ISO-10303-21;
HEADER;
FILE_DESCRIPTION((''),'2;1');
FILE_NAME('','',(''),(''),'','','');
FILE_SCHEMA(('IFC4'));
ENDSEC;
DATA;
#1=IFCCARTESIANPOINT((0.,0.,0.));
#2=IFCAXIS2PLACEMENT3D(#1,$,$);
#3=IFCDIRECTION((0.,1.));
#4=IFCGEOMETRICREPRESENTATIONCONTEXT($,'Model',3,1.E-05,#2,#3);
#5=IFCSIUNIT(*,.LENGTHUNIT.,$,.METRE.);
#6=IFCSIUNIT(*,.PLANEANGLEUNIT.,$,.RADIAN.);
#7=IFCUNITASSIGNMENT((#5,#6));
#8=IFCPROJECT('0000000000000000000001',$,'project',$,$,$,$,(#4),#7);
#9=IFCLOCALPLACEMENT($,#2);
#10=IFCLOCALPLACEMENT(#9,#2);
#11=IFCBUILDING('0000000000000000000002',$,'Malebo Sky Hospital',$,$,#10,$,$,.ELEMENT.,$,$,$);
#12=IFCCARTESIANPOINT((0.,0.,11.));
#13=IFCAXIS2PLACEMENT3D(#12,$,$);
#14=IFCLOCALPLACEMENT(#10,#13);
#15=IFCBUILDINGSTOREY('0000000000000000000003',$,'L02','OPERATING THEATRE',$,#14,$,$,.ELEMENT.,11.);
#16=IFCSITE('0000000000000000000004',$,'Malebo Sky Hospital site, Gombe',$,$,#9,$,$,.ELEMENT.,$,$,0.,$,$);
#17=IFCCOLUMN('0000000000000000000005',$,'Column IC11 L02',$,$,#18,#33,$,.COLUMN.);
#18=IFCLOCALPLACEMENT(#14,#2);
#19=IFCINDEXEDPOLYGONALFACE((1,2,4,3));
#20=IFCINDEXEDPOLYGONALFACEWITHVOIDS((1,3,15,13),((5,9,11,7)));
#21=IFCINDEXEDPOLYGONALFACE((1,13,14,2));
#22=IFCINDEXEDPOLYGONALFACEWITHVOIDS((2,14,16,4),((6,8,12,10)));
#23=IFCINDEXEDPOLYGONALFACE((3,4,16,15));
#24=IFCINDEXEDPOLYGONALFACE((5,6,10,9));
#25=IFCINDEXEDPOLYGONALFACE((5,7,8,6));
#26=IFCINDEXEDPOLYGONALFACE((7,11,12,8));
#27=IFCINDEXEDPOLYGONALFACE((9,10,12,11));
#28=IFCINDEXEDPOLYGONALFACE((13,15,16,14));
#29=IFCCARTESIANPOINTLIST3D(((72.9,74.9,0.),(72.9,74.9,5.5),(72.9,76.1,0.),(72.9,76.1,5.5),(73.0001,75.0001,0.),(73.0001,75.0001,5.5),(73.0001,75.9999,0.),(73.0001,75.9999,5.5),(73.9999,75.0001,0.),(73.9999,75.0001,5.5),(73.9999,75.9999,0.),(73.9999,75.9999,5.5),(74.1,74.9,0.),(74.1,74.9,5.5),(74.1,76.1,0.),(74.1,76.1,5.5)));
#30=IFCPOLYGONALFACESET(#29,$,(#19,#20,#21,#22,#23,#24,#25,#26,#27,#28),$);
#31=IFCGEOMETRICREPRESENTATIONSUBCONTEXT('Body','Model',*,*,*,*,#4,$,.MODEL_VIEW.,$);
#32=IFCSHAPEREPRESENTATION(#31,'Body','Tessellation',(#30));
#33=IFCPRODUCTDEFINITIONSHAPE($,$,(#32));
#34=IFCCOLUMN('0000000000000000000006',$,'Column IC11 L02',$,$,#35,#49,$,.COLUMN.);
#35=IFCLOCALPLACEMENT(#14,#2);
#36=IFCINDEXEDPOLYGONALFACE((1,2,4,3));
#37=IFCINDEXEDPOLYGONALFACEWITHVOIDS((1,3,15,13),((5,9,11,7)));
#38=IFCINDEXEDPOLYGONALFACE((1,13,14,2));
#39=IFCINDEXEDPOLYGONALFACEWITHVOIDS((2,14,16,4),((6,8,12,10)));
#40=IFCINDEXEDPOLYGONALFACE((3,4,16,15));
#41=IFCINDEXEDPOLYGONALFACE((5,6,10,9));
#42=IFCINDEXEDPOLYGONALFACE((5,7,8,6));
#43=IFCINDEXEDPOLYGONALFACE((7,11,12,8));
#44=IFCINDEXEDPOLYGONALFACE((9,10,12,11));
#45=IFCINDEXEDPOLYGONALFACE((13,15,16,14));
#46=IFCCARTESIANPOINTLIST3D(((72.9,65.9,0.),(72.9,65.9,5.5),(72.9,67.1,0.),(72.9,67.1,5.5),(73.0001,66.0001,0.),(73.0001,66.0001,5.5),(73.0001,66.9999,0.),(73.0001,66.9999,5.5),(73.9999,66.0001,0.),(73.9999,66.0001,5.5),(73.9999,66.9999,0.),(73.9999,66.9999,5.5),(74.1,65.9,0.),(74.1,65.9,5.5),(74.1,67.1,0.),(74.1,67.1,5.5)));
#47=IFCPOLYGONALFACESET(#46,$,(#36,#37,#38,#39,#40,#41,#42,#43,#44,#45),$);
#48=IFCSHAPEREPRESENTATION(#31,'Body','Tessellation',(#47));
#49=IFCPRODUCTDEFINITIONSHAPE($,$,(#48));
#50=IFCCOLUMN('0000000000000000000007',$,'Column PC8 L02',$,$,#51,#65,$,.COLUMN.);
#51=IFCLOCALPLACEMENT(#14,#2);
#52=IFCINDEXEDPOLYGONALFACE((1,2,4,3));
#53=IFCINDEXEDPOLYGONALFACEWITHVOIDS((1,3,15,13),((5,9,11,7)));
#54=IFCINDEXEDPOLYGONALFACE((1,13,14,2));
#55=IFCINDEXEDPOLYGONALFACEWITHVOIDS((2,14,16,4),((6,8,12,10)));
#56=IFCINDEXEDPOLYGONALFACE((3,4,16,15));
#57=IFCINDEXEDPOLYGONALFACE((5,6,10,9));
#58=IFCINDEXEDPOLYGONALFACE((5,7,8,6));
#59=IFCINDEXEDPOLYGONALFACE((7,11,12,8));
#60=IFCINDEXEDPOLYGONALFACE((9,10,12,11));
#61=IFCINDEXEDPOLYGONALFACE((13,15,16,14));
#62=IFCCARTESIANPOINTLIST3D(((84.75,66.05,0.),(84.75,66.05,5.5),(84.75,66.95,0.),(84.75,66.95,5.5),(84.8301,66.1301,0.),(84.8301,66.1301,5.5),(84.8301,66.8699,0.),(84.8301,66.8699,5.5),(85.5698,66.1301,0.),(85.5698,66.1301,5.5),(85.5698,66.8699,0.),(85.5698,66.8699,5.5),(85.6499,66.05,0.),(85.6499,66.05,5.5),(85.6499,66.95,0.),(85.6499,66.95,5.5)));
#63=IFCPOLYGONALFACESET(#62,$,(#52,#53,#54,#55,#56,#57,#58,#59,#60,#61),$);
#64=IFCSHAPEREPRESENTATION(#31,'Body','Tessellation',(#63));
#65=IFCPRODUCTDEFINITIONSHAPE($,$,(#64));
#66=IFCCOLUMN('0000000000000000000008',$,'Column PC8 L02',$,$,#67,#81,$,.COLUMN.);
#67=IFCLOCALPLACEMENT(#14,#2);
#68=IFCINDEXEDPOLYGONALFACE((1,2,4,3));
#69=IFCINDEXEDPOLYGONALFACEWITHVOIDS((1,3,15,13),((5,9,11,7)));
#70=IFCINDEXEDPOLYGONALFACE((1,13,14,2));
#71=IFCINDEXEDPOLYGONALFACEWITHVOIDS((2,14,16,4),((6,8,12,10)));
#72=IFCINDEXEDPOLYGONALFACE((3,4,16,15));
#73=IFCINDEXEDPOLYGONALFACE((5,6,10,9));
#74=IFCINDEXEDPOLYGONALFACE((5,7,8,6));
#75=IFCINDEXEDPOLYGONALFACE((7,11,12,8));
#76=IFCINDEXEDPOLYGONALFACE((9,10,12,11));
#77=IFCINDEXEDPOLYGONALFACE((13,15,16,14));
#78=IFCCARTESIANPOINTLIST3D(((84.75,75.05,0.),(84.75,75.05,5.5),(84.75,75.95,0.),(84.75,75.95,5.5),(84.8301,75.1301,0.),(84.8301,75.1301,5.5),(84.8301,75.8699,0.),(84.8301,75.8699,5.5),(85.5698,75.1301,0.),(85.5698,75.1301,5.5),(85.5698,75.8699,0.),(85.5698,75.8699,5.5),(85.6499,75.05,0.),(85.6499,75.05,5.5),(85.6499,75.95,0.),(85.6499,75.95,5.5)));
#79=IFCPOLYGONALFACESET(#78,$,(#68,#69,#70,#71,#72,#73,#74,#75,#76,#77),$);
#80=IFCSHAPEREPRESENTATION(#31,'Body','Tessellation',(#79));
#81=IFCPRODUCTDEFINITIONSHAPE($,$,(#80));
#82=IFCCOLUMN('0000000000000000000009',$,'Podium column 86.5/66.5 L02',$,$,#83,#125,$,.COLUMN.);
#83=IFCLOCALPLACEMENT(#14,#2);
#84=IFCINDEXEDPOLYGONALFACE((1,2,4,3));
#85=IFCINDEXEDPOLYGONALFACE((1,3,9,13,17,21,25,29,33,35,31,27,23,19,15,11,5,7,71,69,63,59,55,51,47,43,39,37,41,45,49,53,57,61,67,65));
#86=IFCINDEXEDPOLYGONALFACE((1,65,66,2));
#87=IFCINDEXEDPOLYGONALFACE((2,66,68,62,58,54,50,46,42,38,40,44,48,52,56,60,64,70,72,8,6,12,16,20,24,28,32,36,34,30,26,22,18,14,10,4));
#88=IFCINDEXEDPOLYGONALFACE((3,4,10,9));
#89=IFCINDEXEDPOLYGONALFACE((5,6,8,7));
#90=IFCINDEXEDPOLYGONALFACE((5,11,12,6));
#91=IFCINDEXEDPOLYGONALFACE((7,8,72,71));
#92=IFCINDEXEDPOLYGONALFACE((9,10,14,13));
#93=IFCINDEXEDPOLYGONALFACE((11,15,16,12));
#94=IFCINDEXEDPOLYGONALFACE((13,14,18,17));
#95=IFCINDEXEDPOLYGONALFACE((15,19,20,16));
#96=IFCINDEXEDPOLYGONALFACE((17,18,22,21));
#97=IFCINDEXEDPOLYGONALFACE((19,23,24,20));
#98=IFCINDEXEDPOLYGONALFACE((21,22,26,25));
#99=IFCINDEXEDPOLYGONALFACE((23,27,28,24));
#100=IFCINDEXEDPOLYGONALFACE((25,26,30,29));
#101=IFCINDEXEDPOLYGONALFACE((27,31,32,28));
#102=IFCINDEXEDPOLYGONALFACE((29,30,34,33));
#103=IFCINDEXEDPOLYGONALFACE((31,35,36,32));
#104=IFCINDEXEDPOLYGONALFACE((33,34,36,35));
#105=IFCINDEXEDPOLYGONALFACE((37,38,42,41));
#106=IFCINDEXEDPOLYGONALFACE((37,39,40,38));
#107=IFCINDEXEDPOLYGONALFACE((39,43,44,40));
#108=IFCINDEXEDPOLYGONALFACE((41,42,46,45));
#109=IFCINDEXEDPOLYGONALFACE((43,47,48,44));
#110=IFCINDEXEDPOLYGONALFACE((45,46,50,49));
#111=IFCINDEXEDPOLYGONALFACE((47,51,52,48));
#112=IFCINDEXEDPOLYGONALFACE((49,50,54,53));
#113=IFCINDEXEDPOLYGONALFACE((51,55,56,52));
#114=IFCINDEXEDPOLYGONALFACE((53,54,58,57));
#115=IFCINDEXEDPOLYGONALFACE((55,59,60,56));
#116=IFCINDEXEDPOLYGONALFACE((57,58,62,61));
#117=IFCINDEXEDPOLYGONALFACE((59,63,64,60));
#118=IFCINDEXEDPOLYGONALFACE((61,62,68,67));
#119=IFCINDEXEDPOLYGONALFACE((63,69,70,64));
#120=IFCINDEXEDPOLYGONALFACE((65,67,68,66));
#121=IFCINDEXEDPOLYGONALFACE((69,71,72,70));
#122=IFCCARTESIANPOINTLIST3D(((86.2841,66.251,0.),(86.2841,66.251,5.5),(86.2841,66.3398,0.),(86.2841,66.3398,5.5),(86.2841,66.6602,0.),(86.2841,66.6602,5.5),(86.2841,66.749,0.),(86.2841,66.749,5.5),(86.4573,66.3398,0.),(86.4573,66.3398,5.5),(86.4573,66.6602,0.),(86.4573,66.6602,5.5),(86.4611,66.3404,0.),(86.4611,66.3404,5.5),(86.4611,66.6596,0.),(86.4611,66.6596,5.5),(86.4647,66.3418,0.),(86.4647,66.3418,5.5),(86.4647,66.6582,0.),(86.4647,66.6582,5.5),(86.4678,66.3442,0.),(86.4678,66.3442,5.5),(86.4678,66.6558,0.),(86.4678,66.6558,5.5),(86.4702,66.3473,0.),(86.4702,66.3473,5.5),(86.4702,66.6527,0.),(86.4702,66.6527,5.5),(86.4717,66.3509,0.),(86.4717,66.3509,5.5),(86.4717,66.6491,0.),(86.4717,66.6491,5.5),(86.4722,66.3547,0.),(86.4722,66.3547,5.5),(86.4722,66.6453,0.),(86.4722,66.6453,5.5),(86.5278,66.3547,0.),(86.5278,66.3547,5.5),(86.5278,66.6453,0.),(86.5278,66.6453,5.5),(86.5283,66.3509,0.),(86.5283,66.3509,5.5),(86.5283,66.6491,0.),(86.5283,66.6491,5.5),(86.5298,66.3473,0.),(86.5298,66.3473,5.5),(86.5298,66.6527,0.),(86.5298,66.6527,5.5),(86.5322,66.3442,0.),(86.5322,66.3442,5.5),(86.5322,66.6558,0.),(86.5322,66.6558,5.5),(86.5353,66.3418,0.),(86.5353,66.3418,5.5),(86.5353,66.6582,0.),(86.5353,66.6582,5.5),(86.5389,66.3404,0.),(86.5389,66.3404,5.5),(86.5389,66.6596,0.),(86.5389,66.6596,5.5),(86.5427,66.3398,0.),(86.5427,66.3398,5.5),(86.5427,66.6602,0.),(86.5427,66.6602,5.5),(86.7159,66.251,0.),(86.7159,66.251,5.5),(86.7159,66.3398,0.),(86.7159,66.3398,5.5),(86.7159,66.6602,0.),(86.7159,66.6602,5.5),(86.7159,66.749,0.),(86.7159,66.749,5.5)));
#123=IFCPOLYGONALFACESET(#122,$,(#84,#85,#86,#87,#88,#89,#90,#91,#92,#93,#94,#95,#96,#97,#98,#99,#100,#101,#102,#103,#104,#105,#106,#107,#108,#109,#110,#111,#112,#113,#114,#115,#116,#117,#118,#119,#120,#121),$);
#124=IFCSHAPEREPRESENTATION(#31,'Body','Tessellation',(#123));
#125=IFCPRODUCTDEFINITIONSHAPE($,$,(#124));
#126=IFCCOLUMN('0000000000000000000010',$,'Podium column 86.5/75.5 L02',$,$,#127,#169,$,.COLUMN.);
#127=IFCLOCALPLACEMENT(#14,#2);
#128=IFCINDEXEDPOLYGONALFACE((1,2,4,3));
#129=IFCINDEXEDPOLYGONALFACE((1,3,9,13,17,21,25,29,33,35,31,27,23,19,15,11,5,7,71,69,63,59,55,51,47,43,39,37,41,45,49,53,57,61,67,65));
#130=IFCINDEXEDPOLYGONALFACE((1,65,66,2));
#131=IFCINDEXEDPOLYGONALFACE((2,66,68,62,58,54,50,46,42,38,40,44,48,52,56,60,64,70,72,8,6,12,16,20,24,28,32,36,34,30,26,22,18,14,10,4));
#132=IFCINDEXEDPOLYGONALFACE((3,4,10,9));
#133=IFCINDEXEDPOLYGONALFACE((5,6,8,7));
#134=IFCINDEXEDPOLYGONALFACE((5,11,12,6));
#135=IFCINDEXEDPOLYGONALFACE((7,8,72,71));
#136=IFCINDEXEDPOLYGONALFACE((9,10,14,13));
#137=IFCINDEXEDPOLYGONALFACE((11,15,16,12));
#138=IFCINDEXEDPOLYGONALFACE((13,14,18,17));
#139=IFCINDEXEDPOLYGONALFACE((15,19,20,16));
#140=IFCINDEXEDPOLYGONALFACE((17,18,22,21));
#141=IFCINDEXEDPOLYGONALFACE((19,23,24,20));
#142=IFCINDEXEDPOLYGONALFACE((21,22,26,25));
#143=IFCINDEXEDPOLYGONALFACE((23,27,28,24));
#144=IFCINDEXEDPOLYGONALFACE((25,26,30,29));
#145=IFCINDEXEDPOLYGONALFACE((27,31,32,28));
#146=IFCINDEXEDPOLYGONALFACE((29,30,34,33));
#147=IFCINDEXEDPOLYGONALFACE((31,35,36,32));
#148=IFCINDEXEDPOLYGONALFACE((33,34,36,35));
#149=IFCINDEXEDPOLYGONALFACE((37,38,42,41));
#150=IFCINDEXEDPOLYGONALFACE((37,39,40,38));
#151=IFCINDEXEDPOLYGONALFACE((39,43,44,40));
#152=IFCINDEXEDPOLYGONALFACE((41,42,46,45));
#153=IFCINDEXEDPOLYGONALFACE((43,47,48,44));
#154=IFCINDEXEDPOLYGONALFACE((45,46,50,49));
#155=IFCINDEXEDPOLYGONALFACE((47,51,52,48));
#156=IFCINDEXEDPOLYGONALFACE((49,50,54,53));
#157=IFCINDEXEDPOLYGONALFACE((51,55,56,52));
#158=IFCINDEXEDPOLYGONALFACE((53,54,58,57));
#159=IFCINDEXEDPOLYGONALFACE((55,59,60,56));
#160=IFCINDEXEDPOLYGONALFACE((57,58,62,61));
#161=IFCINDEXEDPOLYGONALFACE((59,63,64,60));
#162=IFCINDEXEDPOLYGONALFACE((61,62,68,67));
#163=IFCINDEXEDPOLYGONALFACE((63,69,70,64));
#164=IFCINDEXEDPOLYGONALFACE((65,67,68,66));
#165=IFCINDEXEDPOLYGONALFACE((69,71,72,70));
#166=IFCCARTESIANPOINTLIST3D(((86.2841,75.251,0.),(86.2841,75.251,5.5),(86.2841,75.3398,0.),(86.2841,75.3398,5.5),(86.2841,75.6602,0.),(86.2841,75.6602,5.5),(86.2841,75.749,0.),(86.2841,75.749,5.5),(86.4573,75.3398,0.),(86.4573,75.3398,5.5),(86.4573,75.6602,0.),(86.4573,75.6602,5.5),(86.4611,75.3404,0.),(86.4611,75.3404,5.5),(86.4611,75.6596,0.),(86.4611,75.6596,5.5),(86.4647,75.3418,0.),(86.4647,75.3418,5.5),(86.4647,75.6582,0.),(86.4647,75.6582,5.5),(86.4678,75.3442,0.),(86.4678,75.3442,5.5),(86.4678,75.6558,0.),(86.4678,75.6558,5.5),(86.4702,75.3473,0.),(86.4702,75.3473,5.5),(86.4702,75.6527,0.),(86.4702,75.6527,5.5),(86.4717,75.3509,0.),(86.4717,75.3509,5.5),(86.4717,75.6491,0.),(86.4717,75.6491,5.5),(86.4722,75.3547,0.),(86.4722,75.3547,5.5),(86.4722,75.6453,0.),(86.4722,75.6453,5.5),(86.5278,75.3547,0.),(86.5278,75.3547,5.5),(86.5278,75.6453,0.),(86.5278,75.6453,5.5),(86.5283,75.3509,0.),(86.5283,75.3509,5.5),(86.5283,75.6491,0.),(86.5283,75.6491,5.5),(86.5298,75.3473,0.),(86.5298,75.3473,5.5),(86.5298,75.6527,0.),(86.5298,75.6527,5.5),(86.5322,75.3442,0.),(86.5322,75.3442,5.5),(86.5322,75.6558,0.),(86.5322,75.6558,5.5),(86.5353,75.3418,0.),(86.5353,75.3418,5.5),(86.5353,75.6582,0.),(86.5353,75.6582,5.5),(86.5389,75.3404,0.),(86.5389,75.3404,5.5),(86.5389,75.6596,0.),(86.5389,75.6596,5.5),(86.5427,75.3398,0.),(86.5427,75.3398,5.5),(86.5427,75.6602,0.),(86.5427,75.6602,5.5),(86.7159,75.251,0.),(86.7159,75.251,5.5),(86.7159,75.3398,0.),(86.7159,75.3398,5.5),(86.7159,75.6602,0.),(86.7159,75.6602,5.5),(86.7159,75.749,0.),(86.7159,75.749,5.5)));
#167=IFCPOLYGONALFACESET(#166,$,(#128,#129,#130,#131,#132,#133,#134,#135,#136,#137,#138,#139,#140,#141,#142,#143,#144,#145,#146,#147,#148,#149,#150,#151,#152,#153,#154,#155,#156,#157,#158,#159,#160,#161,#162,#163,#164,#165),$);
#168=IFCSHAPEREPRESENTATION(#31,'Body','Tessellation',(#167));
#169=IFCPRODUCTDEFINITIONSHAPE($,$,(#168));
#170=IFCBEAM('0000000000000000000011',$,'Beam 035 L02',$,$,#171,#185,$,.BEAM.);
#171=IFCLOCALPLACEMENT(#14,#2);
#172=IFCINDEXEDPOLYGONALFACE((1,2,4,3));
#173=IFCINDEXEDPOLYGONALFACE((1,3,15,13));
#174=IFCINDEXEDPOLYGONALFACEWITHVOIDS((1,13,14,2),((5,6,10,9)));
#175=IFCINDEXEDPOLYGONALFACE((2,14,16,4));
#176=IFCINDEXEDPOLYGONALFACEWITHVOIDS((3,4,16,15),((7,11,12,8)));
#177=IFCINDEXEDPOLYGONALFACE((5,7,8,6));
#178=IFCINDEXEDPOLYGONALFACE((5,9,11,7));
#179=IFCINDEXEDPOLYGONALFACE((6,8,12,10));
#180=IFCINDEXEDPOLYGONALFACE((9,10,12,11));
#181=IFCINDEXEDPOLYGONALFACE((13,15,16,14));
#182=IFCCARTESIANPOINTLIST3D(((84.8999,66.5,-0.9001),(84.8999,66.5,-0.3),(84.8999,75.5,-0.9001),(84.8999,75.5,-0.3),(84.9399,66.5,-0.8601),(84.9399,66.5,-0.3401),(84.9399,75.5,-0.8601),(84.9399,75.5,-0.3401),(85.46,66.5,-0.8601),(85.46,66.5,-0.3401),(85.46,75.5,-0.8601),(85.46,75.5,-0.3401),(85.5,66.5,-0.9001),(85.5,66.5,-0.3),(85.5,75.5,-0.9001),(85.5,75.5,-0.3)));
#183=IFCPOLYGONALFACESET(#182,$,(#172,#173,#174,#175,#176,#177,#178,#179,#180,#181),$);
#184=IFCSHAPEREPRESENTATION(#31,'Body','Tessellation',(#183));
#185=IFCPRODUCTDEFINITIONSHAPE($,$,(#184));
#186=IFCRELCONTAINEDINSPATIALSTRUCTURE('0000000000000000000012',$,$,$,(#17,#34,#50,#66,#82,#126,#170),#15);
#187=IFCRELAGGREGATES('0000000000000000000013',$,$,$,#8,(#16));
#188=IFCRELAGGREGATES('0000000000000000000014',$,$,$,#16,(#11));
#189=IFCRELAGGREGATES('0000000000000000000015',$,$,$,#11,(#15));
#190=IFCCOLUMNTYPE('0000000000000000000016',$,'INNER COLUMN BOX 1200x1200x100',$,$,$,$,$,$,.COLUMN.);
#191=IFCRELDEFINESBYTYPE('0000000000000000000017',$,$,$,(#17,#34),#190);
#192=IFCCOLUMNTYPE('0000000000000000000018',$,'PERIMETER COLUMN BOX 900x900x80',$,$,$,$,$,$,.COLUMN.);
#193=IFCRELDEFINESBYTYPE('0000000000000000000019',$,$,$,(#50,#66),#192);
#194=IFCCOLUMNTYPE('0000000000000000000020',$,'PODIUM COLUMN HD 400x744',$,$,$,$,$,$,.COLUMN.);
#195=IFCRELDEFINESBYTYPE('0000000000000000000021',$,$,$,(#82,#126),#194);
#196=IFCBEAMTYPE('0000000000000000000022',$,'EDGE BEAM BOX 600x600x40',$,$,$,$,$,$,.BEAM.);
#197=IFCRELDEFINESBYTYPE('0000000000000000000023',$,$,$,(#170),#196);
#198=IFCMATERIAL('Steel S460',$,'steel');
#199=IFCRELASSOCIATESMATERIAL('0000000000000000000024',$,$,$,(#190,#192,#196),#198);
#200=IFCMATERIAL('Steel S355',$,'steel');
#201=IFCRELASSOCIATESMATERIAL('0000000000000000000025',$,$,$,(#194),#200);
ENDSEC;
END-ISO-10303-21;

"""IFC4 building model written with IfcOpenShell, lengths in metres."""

from ifc_helpers import new_model, si_unit, direction, frame, origin, origin_2d, place, context, subcontext, project, spatial, hollow_rectangle, i_section, extrude, material, material_profile, profile_set, type_object, element, save


model = new_model("IFC4")

# Units and contexts
model_context = context("Model", 3, precision=1e-05, world=origin(), true_north=direction((0.0, 1.0)))
body_context = subcontext(model_context, "Body", "Model", "MODEL_VIEW")
ifc_project = project(units=[si_unit("LENGTHUNIT", "METRE"), si_unit("PLANEANGLEUNIT", "RADIAN")], contexts=[model_context])

# Site, building, storey
site_placement = place(None, origin())
site = spatial("IfcSite", under=ifc_project, at=site_placement, Name="Malebo Sky Hospital site, Gombe", CompositionType="ELEMENT", RefElevation=0.0)
building_placement = place(site_placement, origin())
building = spatial("IfcBuilding", under=site, at=building_placement, Name="Malebo Sky Hospital", CompositionType="ELEMENT")
storey_placement = place(building_placement, frame((0.0, 0.0, 11.0)))
storey = spatial("IfcBuildingStorey", under=building, at=storey_placement, Name="L02", Description="OPERATING THEATRE", CompositionType="ELEMENT", Elevation=11.0)

# Columns
ifc_material_1 = material(Name="Steel S460", Category="steel")
ifc_material_profile_1 = material_profile(ifc_material_1, hollow_rectangle(XDim=1.2, YDim=1.2, WallThickness=0.1001, at=origin_2d()), Name="BOX 1200x1200x100")
ifc_profile_set_1 = profile_set([ifc_material_profile_1], Name="Steel S460")
column_type_1 = type_object("IfcColumnType", Name="INNER COLUMN BOX 1200x1200x100", PredefinedType="COLUMN", material=ifc_profile_set_1)
for number, where, z_axis, x_axis, name in (
    (1, (73.5, 75.5, 0.0), (0.0, 0.0, 1.0), (1.0, 0.0, 0.0), "Column IC11 L02"),
    (2, (73.5, 66.5, 0.0), (0.0, 0.0, 1.0), (1.0, 0.0, 0.0), "Column IC11 L02"),
):
    element("IfcColumn", number, at=place(storey_placement, frame(where, z_axis=z_axis, x_axis=x_axis)), inside=storey, type_object=column_type_1, Name=name, PredefinedType="COLUMN", context=body_context, shape_type="SweptSolid", body=[
        extrude(hollow_rectangle(XDim=1.2, YDim=1.2, WallThickness=0.1001, at=origin_2d()), origin(), (0.0, 0.0, 1.0), 5.5),
    ])
ifc_material_profile_2 = material_profile(ifc_material_1, hollow_rectangle(XDim=0.8999, YDim=0.8999, WallThickness=0.0801, at=origin_2d()), Name="BOX 900x900x80")
ifc_profile_set_2 = profile_set([ifc_material_profile_2], Name="Steel S460")
column_type_2 = type_object("IfcColumnType", Name="PERIMETER COLUMN BOX 900x900x80", PredefinedType="COLUMN", material=ifc_profile_set_2)
for number, where, z_axis, x_axis, name in (
    (3, (85.2, 66.5, 0.0), (0.0, 0.0, 1.0), (1.0, 0.0, 0.0), "Column PC8 L02"),
    (4, (85.2, 75.5, 0.0), (0.0, 0.0, 1.0), (1.0, 0.0, 0.0), "Column PC8 L02"),
):
    element("IfcColumn", number, at=place(storey_placement, frame(where, z_axis=z_axis, x_axis=x_axis)), inside=storey, type_object=column_type_2, Name=name, PredefinedType="COLUMN", context=body_context, shape_type="SweptSolid", body=[
        extrude(hollow_rectangle(XDim=0.8999, YDim=0.8999, WallThickness=0.0801, at=origin_2d()), origin(), (0.0, 0.0, 1.0), 5.5),
    ])
ifc_material_2 = material(Name="Steel S355", Category="steel")
ifc_material_profile_3 = material_profile(ifc_material_2, i_section(OverallWidth=0.4319, OverallDepth=0.498, WebThickness=0.0557, FlangeThickness=0.0889, FilletRadius=0.0149, at=origin_2d()), Name="HD 400x744")
ifc_profile_set_3 = profile_set([ifc_material_profile_3], Name="Steel S355")
column_type_3 = type_object("IfcColumnType", Name="PODIUM COLUMN HD 400x744", PredefinedType="COLUMN", material=ifc_profile_set_3)
for number, where, z_axis, x_axis, name in (
    (5, (86.5, 66.5, 0.0), (0.0, 0.0, 1.0), (1.0, 0.0, 0.0), "Podium column 86.5/66.5 L02"),
    (6, (86.5, 75.5, 0.0), (0.0, 0.0, 1.0), (1.0, 0.0, 0.0), "Podium column 86.5/75.5 L02"),
):
    element("IfcColumn", number, at=place(storey_placement, frame(where, z_axis=z_axis, x_axis=x_axis)), inside=storey, type_object=column_type_3, Name=name, PredefinedType="COLUMN", context=body_context, shape_type="SweptSolid", body=[
        extrude(i_section(OverallWidth=0.4319, OverallDepth=0.498, WebThickness=0.0557, FlangeThickness=0.0889, FilletRadius=0.0149, at=origin_2d()), origin(), (0.0, 0.0, 1.0), 5.5),
    ])

# Beam
ifc_material_profile_4 = material_profile(ifc_material_1, hollow_rectangle(XDim=0.6001, YDim=0.6001, WallThickness=0.04, at=origin_2d()), Name="BOX 600x600x40")
ifc_profile_set_4 = profile_set([ifc_material_profile_4], Name="Steel S460")
beam_type_1 = type_object("IfcBeamType", Name="EDGE BEAM BOX 600x600x40", PredefinedType="BEAM", material=ifc_profile_set_4)
beam_1_placement = place(storey_placement, frame((85.2, 66.5, -0.6001), z_axis=(0.0, 1.0, 0.0), x_axis=(-1.0, 0.0, 0.0)))
element("IfcBeam", 7, at=beam_1_placement, inside=storey, type_object=beam_type_1, Name="Beam 035 L02", PredefinedType="BEAM", context=body_context, shape_type="SweptSolid", body=[
    extrude(hollow_rectangle(XDim=0.6001, YDim=0.6001, WallThickness=0.04, at=origin_2d()), origin(), (0.0, 0.0, 1.0), 9.0),
])

save(model, "model.ifc")
